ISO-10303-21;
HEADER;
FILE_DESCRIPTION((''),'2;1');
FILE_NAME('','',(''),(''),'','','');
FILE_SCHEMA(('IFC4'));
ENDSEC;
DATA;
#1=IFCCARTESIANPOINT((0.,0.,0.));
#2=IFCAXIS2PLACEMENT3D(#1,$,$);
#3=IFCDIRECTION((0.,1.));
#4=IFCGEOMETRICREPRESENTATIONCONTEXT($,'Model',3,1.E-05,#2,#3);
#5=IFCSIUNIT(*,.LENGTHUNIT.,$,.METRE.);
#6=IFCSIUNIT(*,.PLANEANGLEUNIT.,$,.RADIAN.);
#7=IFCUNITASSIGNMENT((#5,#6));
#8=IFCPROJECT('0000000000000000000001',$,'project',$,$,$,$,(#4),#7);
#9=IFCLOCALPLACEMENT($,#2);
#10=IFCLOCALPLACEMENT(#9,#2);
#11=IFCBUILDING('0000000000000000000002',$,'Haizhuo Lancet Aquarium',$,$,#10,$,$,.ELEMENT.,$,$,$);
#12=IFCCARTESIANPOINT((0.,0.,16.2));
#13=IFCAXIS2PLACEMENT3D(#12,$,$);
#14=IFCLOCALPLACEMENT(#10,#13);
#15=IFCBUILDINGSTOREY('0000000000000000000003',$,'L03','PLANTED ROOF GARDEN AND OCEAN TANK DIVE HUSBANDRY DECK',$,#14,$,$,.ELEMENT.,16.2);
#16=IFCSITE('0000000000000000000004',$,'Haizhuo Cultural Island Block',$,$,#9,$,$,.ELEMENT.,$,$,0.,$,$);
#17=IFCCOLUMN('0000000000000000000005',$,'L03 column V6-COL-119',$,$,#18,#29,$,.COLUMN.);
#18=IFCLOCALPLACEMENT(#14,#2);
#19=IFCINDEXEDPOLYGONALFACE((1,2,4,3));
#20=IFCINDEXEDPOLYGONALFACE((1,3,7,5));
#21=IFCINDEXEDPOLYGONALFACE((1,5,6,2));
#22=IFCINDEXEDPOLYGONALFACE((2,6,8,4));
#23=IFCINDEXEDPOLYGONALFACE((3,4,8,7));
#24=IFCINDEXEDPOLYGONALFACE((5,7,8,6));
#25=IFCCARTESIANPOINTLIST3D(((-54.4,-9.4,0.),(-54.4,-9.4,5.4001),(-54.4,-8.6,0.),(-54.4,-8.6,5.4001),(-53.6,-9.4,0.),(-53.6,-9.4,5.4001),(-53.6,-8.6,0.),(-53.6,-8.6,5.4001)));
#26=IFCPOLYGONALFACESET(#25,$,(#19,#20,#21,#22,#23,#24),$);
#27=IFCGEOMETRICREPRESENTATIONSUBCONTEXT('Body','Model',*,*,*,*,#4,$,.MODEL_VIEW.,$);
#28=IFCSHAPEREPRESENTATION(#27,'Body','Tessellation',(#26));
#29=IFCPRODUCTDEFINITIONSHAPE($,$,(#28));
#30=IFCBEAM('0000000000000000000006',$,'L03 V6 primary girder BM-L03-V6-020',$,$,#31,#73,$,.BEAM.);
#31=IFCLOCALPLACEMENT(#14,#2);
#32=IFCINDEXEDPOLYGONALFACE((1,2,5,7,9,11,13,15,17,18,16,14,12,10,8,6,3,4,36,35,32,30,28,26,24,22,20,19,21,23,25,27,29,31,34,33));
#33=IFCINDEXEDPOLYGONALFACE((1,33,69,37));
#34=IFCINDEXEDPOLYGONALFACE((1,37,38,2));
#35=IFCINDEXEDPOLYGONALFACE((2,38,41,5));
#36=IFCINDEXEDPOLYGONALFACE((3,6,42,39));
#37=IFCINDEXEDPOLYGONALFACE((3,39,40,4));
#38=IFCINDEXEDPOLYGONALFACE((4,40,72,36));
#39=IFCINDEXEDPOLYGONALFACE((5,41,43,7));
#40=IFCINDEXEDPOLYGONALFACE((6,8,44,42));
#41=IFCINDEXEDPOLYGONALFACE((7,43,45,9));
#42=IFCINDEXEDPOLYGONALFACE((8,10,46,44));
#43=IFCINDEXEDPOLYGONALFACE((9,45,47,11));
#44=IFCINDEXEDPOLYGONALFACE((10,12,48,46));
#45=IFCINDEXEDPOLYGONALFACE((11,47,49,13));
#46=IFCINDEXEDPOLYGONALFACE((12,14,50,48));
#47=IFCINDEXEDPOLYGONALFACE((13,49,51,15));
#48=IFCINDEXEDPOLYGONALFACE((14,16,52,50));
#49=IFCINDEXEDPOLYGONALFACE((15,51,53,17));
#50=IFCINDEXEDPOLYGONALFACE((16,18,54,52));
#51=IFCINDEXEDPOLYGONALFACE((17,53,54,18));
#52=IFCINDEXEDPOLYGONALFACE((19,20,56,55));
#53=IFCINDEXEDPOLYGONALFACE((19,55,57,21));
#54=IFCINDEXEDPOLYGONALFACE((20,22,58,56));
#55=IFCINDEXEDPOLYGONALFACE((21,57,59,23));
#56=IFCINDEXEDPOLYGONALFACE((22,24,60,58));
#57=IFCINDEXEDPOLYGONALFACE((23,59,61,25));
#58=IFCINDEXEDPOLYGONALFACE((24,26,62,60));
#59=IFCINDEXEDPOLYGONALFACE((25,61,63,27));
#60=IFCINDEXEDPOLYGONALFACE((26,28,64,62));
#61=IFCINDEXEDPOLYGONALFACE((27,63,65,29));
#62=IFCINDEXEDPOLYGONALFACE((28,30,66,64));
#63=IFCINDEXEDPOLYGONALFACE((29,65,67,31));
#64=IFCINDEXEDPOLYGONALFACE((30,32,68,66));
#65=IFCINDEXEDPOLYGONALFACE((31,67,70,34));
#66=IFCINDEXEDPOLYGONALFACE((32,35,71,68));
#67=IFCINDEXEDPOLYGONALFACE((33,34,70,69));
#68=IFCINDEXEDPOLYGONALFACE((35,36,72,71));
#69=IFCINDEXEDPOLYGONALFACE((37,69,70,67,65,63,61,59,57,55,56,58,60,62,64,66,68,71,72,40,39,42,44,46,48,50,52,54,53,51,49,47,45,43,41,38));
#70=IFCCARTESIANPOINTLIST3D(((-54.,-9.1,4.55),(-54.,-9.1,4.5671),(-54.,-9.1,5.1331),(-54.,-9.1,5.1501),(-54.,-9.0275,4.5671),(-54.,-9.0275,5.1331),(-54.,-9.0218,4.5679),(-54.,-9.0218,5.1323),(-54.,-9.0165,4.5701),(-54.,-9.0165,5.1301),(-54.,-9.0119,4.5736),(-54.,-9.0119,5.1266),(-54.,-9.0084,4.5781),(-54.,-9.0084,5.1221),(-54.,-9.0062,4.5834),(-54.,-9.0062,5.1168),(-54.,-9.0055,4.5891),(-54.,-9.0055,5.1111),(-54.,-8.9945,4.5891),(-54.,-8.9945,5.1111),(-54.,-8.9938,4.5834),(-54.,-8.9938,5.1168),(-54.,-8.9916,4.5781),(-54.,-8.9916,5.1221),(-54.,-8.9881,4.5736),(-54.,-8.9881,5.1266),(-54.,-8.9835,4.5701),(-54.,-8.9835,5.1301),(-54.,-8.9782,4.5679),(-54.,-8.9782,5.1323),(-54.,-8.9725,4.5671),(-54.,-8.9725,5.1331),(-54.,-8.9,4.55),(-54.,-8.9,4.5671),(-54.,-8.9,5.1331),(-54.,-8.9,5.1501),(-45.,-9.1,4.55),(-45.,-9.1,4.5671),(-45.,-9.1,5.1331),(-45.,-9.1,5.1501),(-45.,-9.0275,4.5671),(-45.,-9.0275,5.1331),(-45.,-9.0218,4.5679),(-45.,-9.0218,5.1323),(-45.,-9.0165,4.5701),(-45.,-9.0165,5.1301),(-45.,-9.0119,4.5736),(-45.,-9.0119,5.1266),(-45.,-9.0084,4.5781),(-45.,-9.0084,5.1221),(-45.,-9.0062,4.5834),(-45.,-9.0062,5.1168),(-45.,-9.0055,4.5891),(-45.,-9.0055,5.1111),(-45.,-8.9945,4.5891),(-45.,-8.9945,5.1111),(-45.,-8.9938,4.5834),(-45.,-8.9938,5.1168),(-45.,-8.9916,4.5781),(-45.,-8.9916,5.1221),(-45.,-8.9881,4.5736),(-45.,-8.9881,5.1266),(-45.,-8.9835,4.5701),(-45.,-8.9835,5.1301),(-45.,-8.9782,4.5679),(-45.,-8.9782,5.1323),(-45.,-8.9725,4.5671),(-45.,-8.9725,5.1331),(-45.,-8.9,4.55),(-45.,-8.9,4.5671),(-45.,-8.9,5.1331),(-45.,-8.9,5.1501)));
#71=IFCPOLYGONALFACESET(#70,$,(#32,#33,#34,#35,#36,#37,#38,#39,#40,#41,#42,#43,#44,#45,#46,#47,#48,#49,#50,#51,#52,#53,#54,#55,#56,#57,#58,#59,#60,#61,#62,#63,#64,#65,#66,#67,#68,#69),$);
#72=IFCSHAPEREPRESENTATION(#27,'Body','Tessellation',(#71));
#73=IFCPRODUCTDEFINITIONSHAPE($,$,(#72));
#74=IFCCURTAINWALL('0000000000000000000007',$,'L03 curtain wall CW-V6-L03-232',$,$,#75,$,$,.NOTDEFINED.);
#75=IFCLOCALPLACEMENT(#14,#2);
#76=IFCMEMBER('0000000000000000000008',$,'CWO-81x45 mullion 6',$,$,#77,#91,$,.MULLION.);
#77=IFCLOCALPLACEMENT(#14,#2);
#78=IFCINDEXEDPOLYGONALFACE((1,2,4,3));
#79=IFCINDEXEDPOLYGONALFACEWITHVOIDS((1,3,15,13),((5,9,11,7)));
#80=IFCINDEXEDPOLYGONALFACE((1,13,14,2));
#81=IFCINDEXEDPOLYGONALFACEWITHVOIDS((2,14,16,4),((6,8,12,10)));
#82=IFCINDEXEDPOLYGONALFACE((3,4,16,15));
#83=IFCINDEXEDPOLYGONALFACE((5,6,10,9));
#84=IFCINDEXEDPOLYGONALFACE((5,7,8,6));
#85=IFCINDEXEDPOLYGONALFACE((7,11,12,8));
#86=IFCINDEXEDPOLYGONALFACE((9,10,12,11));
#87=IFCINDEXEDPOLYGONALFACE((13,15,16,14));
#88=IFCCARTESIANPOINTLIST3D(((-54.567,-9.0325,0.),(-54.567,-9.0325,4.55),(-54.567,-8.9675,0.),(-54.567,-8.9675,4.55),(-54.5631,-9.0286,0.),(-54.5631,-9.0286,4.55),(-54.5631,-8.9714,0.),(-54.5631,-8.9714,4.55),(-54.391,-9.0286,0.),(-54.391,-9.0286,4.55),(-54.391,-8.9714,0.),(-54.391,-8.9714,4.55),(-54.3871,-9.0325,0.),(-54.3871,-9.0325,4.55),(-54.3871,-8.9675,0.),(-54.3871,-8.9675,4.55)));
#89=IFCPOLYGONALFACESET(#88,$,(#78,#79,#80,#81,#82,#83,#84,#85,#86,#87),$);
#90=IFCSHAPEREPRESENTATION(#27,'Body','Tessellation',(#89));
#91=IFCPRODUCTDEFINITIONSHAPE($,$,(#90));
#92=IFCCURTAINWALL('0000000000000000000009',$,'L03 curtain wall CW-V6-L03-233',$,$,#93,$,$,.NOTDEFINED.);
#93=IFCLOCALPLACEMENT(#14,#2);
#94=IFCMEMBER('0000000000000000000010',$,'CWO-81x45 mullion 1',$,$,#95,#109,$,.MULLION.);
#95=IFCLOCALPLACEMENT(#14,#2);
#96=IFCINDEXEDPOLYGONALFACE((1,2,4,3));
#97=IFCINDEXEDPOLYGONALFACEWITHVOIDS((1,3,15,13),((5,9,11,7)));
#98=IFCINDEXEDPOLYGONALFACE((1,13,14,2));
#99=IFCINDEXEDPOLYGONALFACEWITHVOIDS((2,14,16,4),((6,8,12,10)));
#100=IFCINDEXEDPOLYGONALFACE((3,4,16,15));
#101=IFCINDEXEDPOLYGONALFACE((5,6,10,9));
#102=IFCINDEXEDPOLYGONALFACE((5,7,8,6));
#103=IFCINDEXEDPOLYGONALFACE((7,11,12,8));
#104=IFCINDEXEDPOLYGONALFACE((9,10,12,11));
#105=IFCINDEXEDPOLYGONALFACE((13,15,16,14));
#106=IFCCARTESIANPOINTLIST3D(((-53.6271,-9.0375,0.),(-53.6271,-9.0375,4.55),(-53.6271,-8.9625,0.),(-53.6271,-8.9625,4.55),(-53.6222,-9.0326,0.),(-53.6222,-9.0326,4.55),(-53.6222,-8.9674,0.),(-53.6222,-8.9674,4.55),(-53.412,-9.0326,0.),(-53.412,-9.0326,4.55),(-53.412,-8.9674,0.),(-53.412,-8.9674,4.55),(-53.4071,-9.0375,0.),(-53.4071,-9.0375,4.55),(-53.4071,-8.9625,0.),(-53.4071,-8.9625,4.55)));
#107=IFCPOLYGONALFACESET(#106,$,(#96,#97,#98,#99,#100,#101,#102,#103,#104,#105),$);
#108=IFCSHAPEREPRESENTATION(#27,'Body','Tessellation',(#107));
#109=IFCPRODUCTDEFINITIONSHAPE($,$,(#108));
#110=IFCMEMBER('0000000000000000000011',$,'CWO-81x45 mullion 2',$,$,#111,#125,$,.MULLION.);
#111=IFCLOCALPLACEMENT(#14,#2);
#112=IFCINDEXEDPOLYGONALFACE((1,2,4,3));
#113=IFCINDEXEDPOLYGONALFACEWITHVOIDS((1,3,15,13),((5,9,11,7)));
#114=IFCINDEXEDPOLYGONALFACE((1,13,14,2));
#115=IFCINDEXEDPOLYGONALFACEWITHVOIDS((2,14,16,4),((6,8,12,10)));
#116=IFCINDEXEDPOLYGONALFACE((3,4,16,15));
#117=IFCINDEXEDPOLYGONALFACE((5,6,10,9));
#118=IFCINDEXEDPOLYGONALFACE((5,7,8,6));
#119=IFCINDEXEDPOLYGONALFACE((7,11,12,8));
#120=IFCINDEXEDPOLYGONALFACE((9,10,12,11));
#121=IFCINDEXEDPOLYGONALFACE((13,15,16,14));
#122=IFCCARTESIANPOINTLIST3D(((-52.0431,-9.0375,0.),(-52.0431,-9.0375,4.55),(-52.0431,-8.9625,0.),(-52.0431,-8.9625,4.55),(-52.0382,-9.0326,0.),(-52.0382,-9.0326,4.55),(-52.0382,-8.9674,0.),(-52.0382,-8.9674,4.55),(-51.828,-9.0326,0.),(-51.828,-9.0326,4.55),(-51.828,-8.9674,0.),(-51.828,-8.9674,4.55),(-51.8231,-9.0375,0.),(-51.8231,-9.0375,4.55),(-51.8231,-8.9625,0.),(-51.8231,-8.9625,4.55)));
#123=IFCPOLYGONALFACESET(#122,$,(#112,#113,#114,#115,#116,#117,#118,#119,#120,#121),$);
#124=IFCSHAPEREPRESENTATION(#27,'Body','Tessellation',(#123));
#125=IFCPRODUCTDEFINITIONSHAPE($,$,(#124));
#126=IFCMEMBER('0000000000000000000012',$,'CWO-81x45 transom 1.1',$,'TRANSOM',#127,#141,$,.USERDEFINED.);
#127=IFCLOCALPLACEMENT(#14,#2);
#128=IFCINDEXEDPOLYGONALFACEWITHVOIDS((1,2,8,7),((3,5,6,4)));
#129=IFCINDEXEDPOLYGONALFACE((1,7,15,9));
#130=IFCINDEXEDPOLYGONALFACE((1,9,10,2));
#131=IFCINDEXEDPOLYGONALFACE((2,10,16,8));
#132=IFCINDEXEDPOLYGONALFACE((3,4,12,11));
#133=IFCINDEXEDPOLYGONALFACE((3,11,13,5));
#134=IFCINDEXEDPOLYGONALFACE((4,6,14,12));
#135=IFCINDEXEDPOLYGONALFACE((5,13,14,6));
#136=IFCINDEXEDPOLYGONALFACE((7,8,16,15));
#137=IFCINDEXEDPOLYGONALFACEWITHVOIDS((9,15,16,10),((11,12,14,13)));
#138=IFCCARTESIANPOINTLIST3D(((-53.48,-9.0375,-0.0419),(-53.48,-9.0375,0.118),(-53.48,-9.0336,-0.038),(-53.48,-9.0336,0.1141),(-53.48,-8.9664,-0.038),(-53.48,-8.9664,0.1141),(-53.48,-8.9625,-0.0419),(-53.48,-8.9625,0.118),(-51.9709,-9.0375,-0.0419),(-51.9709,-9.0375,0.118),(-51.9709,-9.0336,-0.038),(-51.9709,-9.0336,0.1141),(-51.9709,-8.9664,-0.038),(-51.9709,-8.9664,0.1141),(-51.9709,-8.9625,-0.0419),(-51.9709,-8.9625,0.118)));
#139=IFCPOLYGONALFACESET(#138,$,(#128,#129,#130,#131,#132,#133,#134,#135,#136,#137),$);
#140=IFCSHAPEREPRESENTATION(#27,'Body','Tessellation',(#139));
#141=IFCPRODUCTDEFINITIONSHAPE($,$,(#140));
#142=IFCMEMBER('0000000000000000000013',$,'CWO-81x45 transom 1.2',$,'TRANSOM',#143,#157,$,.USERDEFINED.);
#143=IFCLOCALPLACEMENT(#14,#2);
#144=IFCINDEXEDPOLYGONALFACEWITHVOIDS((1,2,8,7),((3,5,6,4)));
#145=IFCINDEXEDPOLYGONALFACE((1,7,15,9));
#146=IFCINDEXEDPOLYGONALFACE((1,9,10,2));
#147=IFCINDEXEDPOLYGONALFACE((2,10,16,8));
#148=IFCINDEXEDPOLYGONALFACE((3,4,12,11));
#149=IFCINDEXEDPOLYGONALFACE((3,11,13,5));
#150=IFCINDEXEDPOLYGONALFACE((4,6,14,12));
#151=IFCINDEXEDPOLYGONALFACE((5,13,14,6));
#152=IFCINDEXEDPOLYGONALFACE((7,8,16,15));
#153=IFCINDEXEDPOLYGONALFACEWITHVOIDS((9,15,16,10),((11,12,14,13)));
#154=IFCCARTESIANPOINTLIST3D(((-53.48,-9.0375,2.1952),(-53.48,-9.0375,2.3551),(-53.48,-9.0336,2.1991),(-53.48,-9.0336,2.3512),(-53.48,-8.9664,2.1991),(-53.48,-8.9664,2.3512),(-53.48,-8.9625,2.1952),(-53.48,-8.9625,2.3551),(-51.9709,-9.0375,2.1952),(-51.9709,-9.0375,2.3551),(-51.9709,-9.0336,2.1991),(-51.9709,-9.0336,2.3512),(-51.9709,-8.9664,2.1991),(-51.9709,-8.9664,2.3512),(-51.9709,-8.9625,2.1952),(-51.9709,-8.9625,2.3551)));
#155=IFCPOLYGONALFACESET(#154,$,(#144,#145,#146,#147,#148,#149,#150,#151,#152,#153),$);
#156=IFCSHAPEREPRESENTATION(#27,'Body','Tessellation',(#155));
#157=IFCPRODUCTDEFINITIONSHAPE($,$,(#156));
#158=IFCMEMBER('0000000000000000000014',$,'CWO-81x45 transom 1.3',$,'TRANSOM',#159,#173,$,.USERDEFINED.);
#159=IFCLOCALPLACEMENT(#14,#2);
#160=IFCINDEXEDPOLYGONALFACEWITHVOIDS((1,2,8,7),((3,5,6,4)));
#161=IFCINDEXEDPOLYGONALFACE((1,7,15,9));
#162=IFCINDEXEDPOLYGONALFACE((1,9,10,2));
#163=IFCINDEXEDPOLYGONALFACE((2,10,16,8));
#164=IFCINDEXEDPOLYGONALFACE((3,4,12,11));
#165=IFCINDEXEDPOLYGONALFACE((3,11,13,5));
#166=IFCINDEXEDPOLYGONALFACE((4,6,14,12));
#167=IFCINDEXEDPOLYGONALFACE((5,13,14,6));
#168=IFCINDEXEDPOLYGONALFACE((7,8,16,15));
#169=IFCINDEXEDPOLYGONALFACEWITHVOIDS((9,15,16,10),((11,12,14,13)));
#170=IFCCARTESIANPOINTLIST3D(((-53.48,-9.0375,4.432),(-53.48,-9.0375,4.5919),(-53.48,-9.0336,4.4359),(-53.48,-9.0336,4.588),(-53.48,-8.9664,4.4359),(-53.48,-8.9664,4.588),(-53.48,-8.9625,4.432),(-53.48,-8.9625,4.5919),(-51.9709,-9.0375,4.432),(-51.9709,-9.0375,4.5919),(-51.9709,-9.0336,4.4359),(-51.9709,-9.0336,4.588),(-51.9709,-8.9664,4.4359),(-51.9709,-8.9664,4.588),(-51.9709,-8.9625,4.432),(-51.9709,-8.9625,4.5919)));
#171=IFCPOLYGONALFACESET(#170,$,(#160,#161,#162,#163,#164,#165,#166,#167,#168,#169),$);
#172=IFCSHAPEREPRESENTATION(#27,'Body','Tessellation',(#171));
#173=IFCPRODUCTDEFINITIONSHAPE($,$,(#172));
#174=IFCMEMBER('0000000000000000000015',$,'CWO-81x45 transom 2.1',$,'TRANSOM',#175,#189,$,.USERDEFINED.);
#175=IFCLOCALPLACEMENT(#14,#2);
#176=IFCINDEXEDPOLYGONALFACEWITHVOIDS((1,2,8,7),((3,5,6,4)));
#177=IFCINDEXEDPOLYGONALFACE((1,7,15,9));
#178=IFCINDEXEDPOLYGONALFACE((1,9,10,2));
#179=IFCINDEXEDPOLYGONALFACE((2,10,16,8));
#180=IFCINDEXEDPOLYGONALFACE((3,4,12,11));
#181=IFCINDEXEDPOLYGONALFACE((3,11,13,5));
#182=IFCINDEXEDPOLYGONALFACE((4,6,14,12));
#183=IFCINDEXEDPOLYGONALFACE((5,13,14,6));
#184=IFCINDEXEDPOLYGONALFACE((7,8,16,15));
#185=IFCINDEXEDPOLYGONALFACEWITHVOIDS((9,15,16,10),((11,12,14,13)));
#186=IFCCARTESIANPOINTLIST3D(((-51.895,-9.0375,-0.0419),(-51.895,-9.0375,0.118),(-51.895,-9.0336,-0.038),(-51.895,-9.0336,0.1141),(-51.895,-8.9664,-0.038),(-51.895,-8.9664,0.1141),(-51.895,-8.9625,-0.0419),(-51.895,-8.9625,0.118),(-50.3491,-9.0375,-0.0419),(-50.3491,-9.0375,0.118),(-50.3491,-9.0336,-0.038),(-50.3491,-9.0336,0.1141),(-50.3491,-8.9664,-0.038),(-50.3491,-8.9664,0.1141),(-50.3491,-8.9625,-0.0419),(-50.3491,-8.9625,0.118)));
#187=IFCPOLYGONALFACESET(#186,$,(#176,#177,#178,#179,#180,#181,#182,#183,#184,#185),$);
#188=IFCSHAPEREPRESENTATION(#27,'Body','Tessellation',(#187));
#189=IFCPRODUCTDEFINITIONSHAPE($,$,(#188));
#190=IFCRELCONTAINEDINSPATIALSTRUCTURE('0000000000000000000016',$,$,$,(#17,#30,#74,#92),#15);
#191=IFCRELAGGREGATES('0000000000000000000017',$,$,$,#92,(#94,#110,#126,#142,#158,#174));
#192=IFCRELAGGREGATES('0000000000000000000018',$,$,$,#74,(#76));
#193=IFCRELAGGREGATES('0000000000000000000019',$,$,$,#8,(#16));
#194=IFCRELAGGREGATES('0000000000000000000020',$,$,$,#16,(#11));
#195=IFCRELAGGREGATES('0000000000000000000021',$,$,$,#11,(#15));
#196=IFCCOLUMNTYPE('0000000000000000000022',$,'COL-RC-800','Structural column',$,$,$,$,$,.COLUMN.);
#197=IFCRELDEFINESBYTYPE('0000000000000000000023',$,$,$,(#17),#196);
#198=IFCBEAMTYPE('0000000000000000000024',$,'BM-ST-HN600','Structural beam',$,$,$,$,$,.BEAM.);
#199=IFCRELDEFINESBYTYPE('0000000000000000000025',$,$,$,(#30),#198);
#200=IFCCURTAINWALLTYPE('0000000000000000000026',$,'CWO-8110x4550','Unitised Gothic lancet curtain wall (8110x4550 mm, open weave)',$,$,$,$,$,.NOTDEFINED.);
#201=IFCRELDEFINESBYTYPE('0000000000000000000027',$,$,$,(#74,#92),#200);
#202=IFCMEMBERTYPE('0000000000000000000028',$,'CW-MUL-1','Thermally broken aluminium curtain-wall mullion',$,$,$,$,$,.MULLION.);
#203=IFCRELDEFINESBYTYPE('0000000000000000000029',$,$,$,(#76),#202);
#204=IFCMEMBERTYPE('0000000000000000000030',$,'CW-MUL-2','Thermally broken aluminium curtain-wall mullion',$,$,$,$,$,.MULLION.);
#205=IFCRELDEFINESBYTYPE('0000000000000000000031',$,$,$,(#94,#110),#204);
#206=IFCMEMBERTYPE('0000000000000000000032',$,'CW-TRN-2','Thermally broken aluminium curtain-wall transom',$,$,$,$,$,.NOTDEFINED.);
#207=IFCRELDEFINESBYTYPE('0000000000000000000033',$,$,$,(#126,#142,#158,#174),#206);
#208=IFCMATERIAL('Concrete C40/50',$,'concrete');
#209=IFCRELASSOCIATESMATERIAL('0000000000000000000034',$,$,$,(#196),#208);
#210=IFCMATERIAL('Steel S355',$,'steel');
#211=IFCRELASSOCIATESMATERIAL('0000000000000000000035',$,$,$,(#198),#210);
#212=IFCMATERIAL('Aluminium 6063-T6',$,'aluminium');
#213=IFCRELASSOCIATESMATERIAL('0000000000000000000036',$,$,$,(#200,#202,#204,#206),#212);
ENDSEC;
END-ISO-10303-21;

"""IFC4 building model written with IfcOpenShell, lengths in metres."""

from ifc_helpers import new_model, si_unit, direction, frame, origin, origin_2d, place, context, subcontext, project, spatial, rectangle, hollow_rectangle, i_section, extrude, material, material_profile, profile_set, type_object, element, aggregate, save


model = new_model("IFC4")

# Units and contexts
model_context = context("Model", 3, precision=1e-05, world=origin(), true_north=direction((0.0, 1.0)))
body_context = subcontext(model_context, "Body", "Model", "MODEL_VIEW")
ifc_project = project(units=[si_unit("LENGTHUNIT", "METRE"), si_unit("PLANEANGLEUNIT", "RADIAN")], contexts=[model_context])

# Site, building, storey
site_placement = place(None, origin())
site = spatial("IfcSite", under=ifc_project, at=site_placement, Name="Haizhuo Cultural Island Block", CompositionType="ELEMENT", RefElevation=0.0)
building_placement = place(site_placement, origin())
building = spatial("IfcBuilding", under=site, at=building_placement, Name="Haizhuo Lancet Aquarium", CompositionType="ELEMENT")
storey_placement = place(building_placement, frame((0.0, 0.0, 16.2)))
storey = spatial("IfcBuildingStorey", under=building, at=storey_placement, Name="L03", Description="PLANTED ROOF GARDEN AND OCEAN TANK DIVE HUSBANDRY DECK", CompositionType="ELEMENT", Elevation=16.2)

# Column
ifc_material_1 = material(Name="Concrete C40/50", Category="concrete")
ifc_material_profile_1 = material_profile(ifc_material_1, rectangle(XDim=0.8, YDim=0.8, at=origin_2d()), Name="RC-COL 800x800")
ifc_profile_set_1 = profile_set([ifc_material_profile_1], Name="Concrete C40/50")
column_type = type_object("IfcColumnType", Name="COL-RC-800", Description="Structural column", PredefinedType="COLUMN", material=ifc_profile_set_1)
column_placement = place(storey_placement, frame((-54.0, -9.0, 0.0), z_axis=(0.0, 0.0, 1.0), x_axis=(1.0, 0.0, 0.0)))
element("IfcColumn", 1, at=column_placement, inside=storey, type_object=column_type, Name="L03 column V6-COL-119", PredefinedType="COLUMN", context=body_context, shape_type="SweptSolid", body=[
    extrude(rectangle(XDim=0.8, YDim=0.8, at=origin_2d()), origin(), (0.0, 0.0, 1.0), 5.4001),
])

# Beam
ifc_material_2 = material(Name="Steel S355", Category="steel")
ifc_material_profile_2 = material_profile(ifc_material_2, i_section(OverallWidth=0.2, OverallDepth=0.6001, WebThickness=0.011, FlangeThickness=0.0171, FilletRadius=0.022, at=origin_2d()), Name="HN 600x200x11x17")
ifc_profile_set_2 = profile_set([ifc_material_profile_2], Name="Steel S355")
beam_type = type_object("IfcBeamType", Name="BM-ST-HN600", Description="Structural beam", PredefinedType="BEAM", material=ifc_profile_set_2)
beam_placement = place(storey_placement, frame((-54.0, -9.0, 4.8501), z_axis=(1.0, 0.0, 0.0), x_axis=(0.0, 1.0, 0.0)))
element("IfcBeam", 2, at=beam_placement, inside=storey, type_object=beam_type, Name="L03 V6 primary girder BM-L03-V6-020", PredefinedType="BEAM", context=body_context, shape_type="SweptSolid", body=[
    extrude(i_section(OverallWidth=0.2, OverallDepth=0.6001, WebThickness=0.011, FlangeThickness=0.0171, FilletRadius=0.022, at=origin_2d()), origin(), (0.0, 0.0, 1.0), 9.0),
])

# Curtain wall, member
ifc_material_3 = material(Name="Aluminium 6063-T6", Category="aluminium")
curtain_wall_type = type_object("IfcCurtainWallType", Name="CWO-8110x4550", Description="Unitised Gothic lancet curtain wall (8110x4550 mm, open weave)", PredefinedType="NOTDEFINED", material=ifc_material_3)
curtain_wall_1_placement = place(storey_placement, origin())
curtain_wall_1 = element("IfcCurtainWall", 3, at=curtain_wall_1_placement, inside=storey, type_object=curtain_wall_type, Name="L03 curtain wall CW-V6-L03-232", PredefinedType="NOTDEFINED")
ifc_material_profile_3 = material_profile(ifc_material_3, hollow_rectangle(XDim=0.0649, YDim=0.1799, WallThickness=0.0039, at=origin_2d()), Name="ALU-M 65x180x4")
ifc_profile_set_3 = profile_set([ifc_material_profile_3], Name="Aluminium 6063-T6")
member_type_1 = type_object("IfcMemberType", Name="CW-MUL-1", Description="Thermally broken aluminium curtain-wall mullion", PredefinedType="MULLION", material=ifc_profile_set_3)
member_1_placement = place(storey_placement, frame((-54.4771, -9.0, 0.0), z_axis=(0.0, 0.0, 1.0), x_axis=(0.0, 1.0, 0.0)))
member_1 = element("IfcMember", 4, at=member_1_placement, type_object=member_type_1, Name="CWO-81x45 mullion 6", PredefinedType="MULLION", context=body_context, shape_type="SweptSolid", body=[
    extrude(hollow_rectangle(XDim=0.0649, YDim=0.1799, WallThickness=0.0039, at=origin_2d()), origin(), (0.0, 0.0, 1.0), 4.55),
])

# Curtain wall, members
curtain_wall_2_placement = place(storey_placement, origin())
curtain_wall_2 = element("IfcCurtainWall", 5, at=curtain_wall_2_placement, inside=storey, type_object=curtain_wall_type, Name="L03 curtain wall CW-V6-L03-233", PredefinedType="NOTDEFINED")
ifc_material_profile_4 = material_profile(ifc_material_3, hollow_rectangle(XDim=0.075, YDim=0.22, WallThickness=0.0049, at=origin_2d()), Name="ALU-M 75x220x5")
ifc_profile_set_4 = profile_set([ifc_material_profile_4], Name="Aluminium 6063-T6")
member_type_2 = type_object("IfcMemberType", Name="CW-MUL-2", Description="Thermally broken aluminium curtain-wall mullion", PredefinedType="MULLION", material=ifc_profile_set_4)
member_2_placement = place(storey_placement, frame((-53.5171, -9.0, 0.0), z_axis=(0.0, 0.0, 1.0), x_axis=(0.0, 1.0, 0.0)))
member_2 = element("IfcMember", 6, at=member_2_placement, type_object=member_type_2, Name="CWO-81x45 mullion 1", PredefinedType="MULLION", context=body_context, shape_type="SweptSolid", body=[
    extrude(hollow_rectangle(XDim=0.075, YDim=0.22, WallThickness=0.0049, at=origin_2d()), origin(), (0.0, 0.0, 1.0), 4.55),
])
member_3_placement = place(storey_placement, frame((-51.9331, -9.0, 0.0), z_axis=(0.0, 0.0, 1.0), x_axis=(0.0, 1.0, 0.0)))
member_3 = element("IfcMember", 7, at=member_3_placement, type_object=member_type_2, Name="CWO-81x45 mullion 2", PredefinedType="MULLION", context=body_context, shape_type="SweptSolid", body=[
    extrude(hollow_rectangle(XDim=0.075, YDim=0.22, WallThickness=0.0049, at=origin_2d()), origin(), (0.0, 0.0, 1.0), 4.55),
])
ifc_material_profile_5 = material_profile(ifc_material_3, hollow_rectangle(XDim=0.075, YDim=0.1599, WallThickness=0.0039, at=origin_2d()), Name="ALU-T 75x160x4")
ifc_profile_set_5 = profile_set([ifc_material_profile_5], Name="Aluminium 6063-T6")
member_type_3 = type_object("IfcMemberType", Name="CW-TRN-2", Description="Thermally broken aluminium curtain-wall transom", PredefinedType="NOTDEFINED", material=ifc_profile_set_5)
member_4_placement = place(storey_placement, frame((-53.48, -9.0, 0.0381), z_axis=(1.0, 0.0, 0.0), x_axis=(0.0, 1.0, 0.0)))
member_4 = element("IfcMember", 8, at=member_4_placement, type_object=member_type_3, Name="CWO-81x45 transom 1.1", ObjectType="TRANSOM", PredefinedType="USERDEFINED", context=body_context, shape_type="SweptSolid", body=[
    extrude(hollow_rectangle(XDim=0.075, YDim=0.1599, WallThickness=0.0039, at=origin_2d()), origin(), (0.0, 0.0, 1.0), 1.509),
])
member_5_placement = place(storey_placement, frame((-53.48, -9.0, 2.2751), z_axis=(1.0, 0.0, 0.0), x_axis=(0.0, 1.0, 0.0)))
member_5 = element("IfcMember", 9, at=member_5_placement, type_object=member_type_3, Name="CWO-81x45 transom 1.2", ObjectType="TRANSOM", PredefinedType="USERDEFINED", context=body_context, shape_type="SweptSolid", body=[
    extrude(hollow_rectangle(XDim=0.075, YDim=0.1599, WallThickness=0.0039, at=origin_2d()), origin(), (0.0, 0.0, 1.0), 1.509),
])
member_6_placement = place(storey_placement, frame((-53.48, -9.0, 4.512), z_axis=(1.0, 0.0, 0.0), x_axis=(0.0, 1.0, 0.0)))
member_6 = element("IfcMember", 10, at=member_6_placement, type_object=member_type_3, Name="CWO-81x45 transom 1.3", ObjectType="TRANSOM", PredefinedType="USERDEFINED", context=body_context, shape_type="SweptSolid", body=[
    extrude(hollow_rectangle(XDim=0.075, YDim=0.1599, WallThickness=0.0039, at=origin_2d()), origin(), (0.0, 0.0, 1.0), 1.509),
])
member_7_placement = place(storey_placement, frame((-51.895, -9.0, 0.0381), z_axis=(1.0, 0.0, 0.0), x_axis=(0.0, 1.0, 0.0)))
member_7 = element("IfcMember", 11, at=member_7_placement, type_object=member_type_3, Name="CWO-81x45 transom 2.1", ObjectType="TRANSOM", PredefinedType="USERDEFINED", context=body_context, shape_type="SweptSolid", body=[
    extrude(hollow_rectangle(XDim=0.075, YDim=0.1599, WallThickness=0.0039, at=origin_2d()), origin(), (0.0, 0.0, 1.0), 1.5459),
])

aggregate(curtain_wall_2, [member_2, member_3, member_4, member_5, member_6, member_7])
aggregate(curtain_wall_1, [member_1])

save(model, "model.ifc")
